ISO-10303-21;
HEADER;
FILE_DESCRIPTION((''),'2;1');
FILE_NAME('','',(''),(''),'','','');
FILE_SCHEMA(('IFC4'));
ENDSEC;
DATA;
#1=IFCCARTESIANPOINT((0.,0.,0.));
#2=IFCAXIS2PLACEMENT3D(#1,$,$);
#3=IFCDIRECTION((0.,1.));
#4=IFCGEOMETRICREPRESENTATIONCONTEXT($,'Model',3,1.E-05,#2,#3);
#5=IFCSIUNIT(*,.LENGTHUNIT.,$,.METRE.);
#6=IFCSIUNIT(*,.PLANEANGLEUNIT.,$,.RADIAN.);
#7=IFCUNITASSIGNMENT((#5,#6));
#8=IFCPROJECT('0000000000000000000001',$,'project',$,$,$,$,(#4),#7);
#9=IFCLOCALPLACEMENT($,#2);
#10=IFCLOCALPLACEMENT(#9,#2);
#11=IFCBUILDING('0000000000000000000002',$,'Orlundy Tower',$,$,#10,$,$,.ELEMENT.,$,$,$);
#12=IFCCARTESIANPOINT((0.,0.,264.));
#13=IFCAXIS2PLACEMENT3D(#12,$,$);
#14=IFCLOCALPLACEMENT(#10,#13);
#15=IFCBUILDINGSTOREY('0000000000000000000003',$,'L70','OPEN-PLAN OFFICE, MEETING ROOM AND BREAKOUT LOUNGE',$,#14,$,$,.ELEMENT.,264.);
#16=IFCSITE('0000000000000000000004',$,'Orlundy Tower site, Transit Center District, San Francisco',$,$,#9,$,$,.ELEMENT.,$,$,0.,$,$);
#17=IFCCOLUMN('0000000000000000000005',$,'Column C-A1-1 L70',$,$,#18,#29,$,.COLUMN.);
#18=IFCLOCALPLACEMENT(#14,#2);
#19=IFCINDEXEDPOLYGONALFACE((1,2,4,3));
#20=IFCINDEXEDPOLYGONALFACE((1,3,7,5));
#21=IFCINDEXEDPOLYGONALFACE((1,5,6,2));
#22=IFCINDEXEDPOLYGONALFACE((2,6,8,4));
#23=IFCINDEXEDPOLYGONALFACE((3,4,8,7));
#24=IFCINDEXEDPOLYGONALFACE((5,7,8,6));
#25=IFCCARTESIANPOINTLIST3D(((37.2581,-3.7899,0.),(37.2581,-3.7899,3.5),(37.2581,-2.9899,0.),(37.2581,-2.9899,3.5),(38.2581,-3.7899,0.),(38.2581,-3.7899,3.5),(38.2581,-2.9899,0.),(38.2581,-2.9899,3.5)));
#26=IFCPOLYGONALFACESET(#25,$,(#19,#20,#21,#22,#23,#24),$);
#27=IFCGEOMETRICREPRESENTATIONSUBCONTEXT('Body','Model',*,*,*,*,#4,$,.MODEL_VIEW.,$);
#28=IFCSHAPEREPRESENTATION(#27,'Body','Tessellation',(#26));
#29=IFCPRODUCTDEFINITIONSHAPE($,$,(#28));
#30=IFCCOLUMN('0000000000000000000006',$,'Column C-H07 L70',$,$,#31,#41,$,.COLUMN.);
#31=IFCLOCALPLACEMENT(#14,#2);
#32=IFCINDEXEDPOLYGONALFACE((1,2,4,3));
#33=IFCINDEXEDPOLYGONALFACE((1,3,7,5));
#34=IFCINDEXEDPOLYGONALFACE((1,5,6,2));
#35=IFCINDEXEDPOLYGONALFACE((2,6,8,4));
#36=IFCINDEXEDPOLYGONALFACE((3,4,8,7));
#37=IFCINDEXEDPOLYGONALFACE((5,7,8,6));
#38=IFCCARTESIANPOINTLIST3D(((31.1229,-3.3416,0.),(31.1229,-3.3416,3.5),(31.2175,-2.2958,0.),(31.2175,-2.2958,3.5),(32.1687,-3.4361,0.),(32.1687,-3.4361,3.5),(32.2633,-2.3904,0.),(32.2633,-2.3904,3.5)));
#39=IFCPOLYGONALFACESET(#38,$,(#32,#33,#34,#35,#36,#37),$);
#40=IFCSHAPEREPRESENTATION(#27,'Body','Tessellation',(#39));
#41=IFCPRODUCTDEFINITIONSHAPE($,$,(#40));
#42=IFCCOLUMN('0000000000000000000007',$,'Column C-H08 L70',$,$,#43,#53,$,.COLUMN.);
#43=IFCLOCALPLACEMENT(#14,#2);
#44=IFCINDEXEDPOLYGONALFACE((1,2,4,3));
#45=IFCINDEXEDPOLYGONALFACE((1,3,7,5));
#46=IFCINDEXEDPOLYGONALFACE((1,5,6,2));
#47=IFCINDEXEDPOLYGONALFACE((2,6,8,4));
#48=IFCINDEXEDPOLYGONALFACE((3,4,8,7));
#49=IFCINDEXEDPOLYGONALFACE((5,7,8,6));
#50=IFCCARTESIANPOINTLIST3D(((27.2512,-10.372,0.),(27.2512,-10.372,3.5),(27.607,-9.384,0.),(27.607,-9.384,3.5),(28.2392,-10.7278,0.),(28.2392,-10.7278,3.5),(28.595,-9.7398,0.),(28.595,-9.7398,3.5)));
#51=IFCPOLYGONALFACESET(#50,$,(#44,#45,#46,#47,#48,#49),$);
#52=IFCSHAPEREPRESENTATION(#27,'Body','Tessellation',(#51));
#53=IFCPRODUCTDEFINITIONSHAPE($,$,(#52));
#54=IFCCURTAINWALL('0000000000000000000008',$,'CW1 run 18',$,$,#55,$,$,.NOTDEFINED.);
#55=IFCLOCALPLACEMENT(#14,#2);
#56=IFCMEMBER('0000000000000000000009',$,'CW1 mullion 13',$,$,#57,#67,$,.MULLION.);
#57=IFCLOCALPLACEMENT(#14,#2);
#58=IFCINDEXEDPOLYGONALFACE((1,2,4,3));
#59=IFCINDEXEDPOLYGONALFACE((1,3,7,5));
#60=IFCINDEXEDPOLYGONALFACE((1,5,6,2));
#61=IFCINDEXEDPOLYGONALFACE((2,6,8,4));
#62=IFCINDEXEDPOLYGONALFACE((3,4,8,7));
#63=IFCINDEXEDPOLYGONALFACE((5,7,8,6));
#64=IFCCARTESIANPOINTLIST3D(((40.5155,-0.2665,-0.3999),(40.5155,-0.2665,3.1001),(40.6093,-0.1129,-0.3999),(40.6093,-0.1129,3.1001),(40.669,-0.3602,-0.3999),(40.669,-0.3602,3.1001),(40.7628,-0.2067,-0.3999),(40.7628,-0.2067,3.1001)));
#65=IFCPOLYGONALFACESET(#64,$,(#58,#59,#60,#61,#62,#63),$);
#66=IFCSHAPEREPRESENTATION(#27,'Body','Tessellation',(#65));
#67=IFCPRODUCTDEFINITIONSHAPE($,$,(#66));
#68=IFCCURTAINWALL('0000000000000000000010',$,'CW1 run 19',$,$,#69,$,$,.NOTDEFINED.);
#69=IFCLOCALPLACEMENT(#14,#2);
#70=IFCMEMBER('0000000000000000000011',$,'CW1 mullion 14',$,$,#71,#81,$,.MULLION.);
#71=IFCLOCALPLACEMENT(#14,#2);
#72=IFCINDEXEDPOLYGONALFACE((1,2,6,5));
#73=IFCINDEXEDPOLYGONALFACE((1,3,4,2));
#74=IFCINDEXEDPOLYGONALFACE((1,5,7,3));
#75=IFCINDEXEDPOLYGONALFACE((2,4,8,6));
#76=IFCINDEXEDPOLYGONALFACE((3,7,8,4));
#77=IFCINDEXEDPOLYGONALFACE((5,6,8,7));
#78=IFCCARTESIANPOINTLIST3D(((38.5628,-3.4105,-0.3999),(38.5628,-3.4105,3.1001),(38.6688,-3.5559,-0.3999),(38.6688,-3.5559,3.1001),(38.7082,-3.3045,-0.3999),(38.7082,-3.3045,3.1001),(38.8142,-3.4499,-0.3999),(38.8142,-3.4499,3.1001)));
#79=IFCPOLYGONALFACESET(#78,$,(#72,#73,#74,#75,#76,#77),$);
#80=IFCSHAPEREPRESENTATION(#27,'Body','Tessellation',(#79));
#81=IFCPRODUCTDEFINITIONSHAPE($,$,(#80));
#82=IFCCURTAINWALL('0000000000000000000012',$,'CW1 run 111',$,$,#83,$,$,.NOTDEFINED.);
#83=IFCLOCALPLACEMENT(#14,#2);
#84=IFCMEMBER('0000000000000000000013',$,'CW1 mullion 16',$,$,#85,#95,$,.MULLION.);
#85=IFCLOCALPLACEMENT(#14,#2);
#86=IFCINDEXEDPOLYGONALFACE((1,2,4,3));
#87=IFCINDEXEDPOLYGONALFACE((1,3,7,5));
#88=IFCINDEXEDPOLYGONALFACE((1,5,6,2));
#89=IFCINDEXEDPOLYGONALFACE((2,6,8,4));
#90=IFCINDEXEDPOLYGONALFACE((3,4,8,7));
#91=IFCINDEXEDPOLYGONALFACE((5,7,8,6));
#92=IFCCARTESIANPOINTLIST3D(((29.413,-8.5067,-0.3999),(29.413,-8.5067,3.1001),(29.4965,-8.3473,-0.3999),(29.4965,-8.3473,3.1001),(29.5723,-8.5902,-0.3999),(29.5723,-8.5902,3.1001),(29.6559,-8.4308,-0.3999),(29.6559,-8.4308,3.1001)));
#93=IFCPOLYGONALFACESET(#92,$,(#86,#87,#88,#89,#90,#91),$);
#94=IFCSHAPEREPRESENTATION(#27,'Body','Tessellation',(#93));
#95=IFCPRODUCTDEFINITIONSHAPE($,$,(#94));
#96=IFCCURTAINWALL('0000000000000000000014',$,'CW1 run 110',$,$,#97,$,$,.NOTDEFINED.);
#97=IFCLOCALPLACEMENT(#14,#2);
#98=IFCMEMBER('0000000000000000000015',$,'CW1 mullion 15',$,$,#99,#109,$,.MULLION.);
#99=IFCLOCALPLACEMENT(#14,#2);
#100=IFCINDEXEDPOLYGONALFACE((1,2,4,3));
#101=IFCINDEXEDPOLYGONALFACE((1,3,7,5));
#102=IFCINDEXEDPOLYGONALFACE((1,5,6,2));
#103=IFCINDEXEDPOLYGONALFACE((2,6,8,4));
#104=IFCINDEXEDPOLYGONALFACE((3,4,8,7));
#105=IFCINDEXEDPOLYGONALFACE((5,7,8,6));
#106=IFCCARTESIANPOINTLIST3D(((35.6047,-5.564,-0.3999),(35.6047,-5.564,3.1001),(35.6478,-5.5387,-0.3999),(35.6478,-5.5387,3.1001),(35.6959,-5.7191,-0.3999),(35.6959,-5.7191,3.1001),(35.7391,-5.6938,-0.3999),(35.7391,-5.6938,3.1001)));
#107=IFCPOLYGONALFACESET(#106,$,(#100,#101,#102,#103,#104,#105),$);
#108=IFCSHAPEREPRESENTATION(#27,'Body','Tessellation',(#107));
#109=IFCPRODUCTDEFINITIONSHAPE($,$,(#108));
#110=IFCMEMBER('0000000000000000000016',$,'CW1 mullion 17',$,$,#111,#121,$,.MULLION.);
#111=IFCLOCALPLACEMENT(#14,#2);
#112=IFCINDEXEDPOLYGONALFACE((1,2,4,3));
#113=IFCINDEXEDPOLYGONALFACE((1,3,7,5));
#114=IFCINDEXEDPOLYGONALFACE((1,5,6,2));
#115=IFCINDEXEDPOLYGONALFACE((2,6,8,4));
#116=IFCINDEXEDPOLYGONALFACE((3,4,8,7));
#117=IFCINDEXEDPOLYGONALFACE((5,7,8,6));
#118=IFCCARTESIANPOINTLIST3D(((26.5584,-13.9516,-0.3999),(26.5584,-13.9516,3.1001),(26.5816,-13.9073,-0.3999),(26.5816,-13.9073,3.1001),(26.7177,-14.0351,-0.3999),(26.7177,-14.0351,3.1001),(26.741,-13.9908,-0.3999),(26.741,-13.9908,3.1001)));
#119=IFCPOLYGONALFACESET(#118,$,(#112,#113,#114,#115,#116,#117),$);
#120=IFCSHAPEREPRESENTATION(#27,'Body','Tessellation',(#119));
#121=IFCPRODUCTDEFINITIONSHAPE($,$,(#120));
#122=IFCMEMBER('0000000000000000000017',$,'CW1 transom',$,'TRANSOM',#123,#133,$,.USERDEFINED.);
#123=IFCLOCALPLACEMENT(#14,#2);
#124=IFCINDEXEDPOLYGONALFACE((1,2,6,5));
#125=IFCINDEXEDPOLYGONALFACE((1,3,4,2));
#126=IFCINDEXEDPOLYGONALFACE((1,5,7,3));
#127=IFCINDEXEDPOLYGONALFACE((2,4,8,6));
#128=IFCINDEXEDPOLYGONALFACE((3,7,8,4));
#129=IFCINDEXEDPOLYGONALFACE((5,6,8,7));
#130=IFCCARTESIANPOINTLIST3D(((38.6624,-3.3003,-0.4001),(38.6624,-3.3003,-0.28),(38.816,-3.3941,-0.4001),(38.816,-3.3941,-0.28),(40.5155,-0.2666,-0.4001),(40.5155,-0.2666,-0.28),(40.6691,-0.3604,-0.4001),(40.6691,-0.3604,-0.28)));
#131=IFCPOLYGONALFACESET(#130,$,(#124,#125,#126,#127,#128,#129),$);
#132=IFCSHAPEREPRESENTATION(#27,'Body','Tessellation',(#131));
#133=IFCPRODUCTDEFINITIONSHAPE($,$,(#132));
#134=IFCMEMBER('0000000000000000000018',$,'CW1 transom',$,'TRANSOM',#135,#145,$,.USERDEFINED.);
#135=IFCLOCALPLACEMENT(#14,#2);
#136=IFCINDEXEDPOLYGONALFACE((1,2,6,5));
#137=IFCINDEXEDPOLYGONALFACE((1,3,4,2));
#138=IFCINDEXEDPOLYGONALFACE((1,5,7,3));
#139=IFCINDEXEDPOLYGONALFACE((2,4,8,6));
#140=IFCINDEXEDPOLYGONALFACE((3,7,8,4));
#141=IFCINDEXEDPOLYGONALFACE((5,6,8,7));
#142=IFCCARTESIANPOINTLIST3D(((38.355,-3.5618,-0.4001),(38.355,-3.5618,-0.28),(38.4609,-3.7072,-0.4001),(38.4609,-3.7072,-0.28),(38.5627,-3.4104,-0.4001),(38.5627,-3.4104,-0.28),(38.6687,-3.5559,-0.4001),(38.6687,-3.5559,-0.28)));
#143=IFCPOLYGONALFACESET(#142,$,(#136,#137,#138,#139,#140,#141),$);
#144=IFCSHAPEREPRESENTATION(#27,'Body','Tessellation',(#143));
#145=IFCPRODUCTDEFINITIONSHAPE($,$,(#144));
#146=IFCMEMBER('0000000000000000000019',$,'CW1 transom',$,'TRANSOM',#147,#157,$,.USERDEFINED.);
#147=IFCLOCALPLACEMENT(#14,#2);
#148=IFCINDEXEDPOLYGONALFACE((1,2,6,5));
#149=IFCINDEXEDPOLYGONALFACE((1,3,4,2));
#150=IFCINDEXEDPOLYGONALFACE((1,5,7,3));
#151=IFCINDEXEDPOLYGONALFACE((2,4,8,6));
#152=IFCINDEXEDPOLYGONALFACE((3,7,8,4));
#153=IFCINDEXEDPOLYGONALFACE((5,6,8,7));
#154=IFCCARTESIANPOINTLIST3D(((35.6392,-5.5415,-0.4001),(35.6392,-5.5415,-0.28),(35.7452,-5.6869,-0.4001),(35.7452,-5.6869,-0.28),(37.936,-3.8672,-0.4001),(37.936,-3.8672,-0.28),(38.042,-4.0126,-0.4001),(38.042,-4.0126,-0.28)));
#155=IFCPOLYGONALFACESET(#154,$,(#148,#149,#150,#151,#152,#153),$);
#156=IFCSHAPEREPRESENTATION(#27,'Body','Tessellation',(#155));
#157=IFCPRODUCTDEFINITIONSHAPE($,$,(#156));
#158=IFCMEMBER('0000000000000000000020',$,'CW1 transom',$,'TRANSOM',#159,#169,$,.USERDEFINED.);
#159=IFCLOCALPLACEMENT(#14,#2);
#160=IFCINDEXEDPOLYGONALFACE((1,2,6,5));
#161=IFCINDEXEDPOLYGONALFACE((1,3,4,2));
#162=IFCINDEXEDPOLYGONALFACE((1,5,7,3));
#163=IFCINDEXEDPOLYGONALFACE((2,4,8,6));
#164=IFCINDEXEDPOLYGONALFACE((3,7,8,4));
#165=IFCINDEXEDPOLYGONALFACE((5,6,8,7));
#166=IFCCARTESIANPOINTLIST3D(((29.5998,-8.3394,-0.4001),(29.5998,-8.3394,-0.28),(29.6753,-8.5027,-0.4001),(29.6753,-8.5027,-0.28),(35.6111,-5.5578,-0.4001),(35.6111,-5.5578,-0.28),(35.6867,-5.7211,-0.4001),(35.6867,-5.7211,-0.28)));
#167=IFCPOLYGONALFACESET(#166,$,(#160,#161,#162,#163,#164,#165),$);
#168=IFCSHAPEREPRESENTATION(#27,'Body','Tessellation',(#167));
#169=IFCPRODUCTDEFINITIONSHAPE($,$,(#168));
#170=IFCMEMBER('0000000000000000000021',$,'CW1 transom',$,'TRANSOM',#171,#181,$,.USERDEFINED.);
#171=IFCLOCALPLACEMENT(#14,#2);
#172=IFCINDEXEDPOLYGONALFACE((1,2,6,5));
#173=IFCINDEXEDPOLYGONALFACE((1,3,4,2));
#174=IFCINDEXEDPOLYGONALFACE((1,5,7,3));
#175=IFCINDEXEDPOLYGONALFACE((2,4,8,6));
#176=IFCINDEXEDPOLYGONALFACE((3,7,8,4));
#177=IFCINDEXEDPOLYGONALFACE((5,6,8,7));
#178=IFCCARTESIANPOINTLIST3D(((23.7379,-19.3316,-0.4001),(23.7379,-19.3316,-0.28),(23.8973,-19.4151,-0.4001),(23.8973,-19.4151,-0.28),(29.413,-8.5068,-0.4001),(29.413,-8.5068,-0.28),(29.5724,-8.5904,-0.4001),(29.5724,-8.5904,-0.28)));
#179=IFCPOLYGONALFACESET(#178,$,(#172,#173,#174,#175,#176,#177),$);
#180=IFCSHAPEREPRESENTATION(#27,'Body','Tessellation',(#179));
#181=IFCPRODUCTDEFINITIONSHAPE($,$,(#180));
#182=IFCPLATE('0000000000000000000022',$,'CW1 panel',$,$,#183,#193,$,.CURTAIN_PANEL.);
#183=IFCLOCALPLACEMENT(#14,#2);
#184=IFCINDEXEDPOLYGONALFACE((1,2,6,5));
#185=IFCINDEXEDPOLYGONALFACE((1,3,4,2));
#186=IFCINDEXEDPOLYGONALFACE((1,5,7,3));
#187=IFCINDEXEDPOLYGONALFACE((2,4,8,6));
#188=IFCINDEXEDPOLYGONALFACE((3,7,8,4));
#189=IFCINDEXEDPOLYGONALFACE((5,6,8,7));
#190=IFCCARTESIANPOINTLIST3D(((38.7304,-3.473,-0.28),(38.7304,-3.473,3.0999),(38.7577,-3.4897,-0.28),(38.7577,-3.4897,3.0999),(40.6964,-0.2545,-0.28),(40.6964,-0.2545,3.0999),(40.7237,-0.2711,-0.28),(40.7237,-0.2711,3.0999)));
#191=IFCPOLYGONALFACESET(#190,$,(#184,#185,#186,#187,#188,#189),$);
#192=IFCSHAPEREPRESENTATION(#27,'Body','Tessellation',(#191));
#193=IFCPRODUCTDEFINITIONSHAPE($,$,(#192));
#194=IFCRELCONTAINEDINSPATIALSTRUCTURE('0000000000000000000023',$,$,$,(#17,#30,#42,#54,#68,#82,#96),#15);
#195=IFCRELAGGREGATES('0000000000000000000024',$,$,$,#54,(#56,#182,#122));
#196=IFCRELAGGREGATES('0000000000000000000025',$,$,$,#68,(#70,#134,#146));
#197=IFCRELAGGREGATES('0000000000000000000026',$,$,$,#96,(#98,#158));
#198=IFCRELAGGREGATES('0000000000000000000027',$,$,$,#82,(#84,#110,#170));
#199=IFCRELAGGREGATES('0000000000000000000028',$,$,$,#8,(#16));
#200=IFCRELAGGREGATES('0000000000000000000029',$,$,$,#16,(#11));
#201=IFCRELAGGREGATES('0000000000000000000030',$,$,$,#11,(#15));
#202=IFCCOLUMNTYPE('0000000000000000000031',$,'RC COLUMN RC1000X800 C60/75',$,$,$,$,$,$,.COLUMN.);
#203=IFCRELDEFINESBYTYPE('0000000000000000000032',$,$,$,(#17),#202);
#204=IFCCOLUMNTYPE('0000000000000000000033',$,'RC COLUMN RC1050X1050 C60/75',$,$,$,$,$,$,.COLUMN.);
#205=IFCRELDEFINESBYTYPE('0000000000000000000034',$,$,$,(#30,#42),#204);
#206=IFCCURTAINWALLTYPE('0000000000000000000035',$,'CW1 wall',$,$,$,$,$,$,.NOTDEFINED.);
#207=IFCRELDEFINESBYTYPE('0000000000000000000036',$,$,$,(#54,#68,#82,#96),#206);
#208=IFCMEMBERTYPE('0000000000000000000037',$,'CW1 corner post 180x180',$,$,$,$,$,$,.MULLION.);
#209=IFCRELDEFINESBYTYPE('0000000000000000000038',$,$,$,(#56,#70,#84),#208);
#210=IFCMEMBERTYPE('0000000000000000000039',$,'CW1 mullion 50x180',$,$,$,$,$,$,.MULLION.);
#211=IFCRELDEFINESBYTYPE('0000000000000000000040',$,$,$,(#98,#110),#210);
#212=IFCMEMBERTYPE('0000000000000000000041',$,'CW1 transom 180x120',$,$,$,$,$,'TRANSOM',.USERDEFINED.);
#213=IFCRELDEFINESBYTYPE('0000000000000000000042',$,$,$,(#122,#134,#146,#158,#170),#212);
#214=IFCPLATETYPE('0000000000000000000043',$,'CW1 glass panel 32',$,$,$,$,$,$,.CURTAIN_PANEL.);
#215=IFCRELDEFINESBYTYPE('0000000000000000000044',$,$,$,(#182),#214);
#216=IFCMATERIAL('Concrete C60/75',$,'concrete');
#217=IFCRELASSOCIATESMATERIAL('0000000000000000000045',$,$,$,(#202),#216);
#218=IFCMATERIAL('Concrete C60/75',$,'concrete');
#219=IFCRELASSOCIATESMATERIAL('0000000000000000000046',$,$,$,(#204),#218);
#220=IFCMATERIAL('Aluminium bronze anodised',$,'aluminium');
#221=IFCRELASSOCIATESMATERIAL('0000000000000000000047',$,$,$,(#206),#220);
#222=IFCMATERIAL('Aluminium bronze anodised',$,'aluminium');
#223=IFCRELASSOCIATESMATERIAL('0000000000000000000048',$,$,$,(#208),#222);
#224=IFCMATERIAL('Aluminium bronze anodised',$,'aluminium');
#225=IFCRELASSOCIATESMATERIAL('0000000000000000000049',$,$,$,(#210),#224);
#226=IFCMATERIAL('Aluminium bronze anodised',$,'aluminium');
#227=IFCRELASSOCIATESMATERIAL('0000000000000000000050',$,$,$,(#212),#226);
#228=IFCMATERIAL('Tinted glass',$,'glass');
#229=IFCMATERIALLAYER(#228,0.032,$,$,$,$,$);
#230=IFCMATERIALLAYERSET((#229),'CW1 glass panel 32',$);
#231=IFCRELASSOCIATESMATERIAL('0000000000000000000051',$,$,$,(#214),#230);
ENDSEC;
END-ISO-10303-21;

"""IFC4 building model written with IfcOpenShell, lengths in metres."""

from ifc_helpers import new_model, si_unit, direction, frame, origin, origin_2d, place, context, subcontext, project, spatial, rectangle, extrude, material, layer, layer_set, material_profile, profile_set, type_object, element, aggregate, save


model = new_model("IFC4")

# Units and contexts
model_context = context("Model", 3, precision=1e-05, world=origin(), true_north=direction((0.0, 1.0)))
body_context = subcontext(model_context, "Body", "Model", "MODEL_VIEW")
ifc_project = project(units=[si_unit("LENGTHUNIT", "METRE"), si_unit("PLANEANGLEUNIT", "RADIAN")], contexts=[model_context])

# Site, building, storey
site_placement = place(None, origin())
site = spatial("IfcSite", under=ifc_project, at=site_placement, Name="Orlundy Tower site, Transit Center District, San Francisco", CompositionType="ELEMENT", RefElevation=0.0)
building_placement = place(site_placement, origin())
building = spatial("IfcBuilding", under=site, at=building_placement, Name="Orlundy Tower", CompositionType="ELEMENT")
storey_placement = place(building_placement, frame((0.0, 0.0, 264.0)))
storey = spatial("IfcBuildingStorey", under=building, at=storey_placement, Name="L70", Description="OPEN-PLAN OFFICE, MEETING ROOM AND BREAKOUT LOUNGE", CompositionType="ELEMENT", Elevation=264.0)

# Columns
ifc_material_1 = material(Name="Concrete C60/75", Category="concrete")
ifc_material_profile_1 = material_profile(ifc_material_1, rectangle(XDim=1.0, YDim=0.8, at=origin_2d()), Name="RC1000X800")
ifc_profile_set_1 = profile_set([ifc_material_profile_1], Name="Concrete C60/75")
column_type_1 = type_object("IfcColumnType", Name="RC COLUMN RC1000X800 C60/75", PredefinedType="COLUMN", material=ifc_profile_set_1)
column_placement = place(storey_placement, frame((37.7581, -3.3899, 0.0), z_axis=(0.0, 0.0, 1.0), x_axis=(1.0, 0.0, 0.0)))
element("IfcColumn", 1, at=column_placement, inside=storey, type_object=column_type_1, Name="Column C-A1-1 L70", PredefinedType="COLUMN", context=body_context, shape_type="SweptSolid", body=[
    extrude(rectangle(XDim=1.0, YDim=0.8, at=origin_2d()), origin(), (0.0, 0.0, 1.0), 3.5),
])
ifc_material_2 = material(Name="Concrete C60/75", Category="concrete")
ifc_material_profile_2 = material_profile(ifc_material_2, rectangle(XDim=1.05, YDim=1.05, at=origin_2d()), Name="RC1050X1050")
ifc_profile_set_2 = profile_set([ifc_material_profile_2], Name="Concrete C60/75")
column_type_2 = type_object("IfcColumnType", Name="RC COLUMN RC1050X1050 C60/75", PredefinedType="COLUMN", material=ifc_profile_set_2)
for number, where, z_axis, x_axis, name in (
    (2, (31.6931, -2.866, 0.0), (0.0, 0.0, 1.0), (0.995936, -0.090059, 0.0), "Column C-H07 L70"),
    (3, (27.9231, -10.0559, 0.0), (0.0, 0.0, 1.0), (0.940845, -0.338836, 0.0), "Column C-H08 L70"),
):
    element("IfcColumn", number, at=place(storey_placement, frame(where, z_axis=z_axis, x_axis=x_axis)), inside=storey, type_object=column_type_2, Name=name, PredefinedType="COLUMN", context=body_context, shape_type="SweptSolid", body=[
        extrude(rectangle(XDim=1.05, YDim=1.05, at=origin_2d()), origin(), (0.0, 0.0, 1.0), 3.5),
    ])

# Curtain walls, members
ifc_material_3 = material(Name="Aluminium bronze anodised", Category="aluminium")
curtain_wall_type = type_object("IfcCurtainWallType", Name="CW1 wall", PredefinedType="NOTDEFINED", material=ifc_material_3)
curtain_wall_1_placement = place(storey_placement, origin())
curtain_wall_1 = element("IfcCurtainWall", 4, at=curtain_wall_1_placement, inside=storey, type_object=curtain_wall_type, Name="CW1 run 18", PredefinedType="NOTDEFINED")
ifc_material_4 = material(Name="Aluminium bronze anodised", Category="aluminium")
ifc_material_profile_3 = material_profile(ifc_material_4, rectangle(XDim=0.1799, YDim=0.1799, at=origin_2d()), Name="CW1 corner post 180x180")
ifc_profile_set_3 = profile_set([ifc_material_profile_3], Name="Aluminium bronze anodised")
member_type_1 = type_object("IfcMemberType", Name="CW1 corner post 180x180", PredefinedType="MULLION", material=ifc_profile_set_3)
member_1_placement = place(storey_placement, frame((40.6392, -0.2366, -0.3999), z_axis=(0.0, 0.0, 1.0), x_axis=(0.853395, -0.521264, 0.0)))
member_1 = element("IfcMember", 5, at=member_1_placement, type_object=member_type_1, Name="CW1 mullion 13", PredefinedType="MULLION", context=body_context, shape_type="SweptSolid", body=[
    extrude(rectangle(XDim=0.1799, YDim=0.1799, at=origin_2d()), origin(), (0.0, 0.0, 1.0), 3.5),
])
curtain_wall_2_placement = place(storey_placement, origin())
curtain_wall_2 = element("IfcCurtainWall", 6, at=curtain_wall_2_placement, inside=storey, type_object=curtain_wall_type, Name="CW1 run 19", PredefinedType="NOTDEFINED")
member_2_placement = place(storey_placement, frame((38.6885, -3.4302, -0.3999), z_axis=(0.0, 0.0, 1.0), x_axis=(0.589022, -0.808117, 0.0)))
member_2 = element("IfcMember", 7, at=member_2_placement, type_object=member_type_1, Name="CW1 mullion 14", PredefinedType="MULLION", context=body_context, shape_type="SweptSolid", body=[
    extrude(rectangle(XDim=0.1799, YDim=0.1799, at=origin_2d()), origin(), (0.0, 0.0, 1.0), 3.5),
])
curtain_wall_3_placement = place(storey_placement, origin())
curtain_wall_3 = element("IfcCurtainWall", 8, at=curtain_wall_3_placement, inside=storey, type_object=curtain_wall_type, Name="CW1 run 111", PredefinedType="NOTDEFINED")
member_3_placement = place(storey_placement, frame((29.5344, -8.4688, -0.3999), z_axis=(0.0, 0.0, 1.0), x_axis=(0.885661, -0.464333, 0.0)))
member_3 = element("IfcMember", 9, at=member_3_placement, type_object=member_type_1, Name="CW1 mullion 16", PredefinedType="MULLION", context=body_context, shape_type="SweptSolid", body=[
    extrude(rectangle(XDim=0.1799, YDim=0.1799, at=origin_2d()), origin(), (0.0, 0.0, 1.0), 3.5),
])
curtain_wall_4_placement = place(storey_placement, origin())
curtain_wall_4 = element("IfcCurtainWall", 10, at=curtain_wall_4_placement, inside=storey, type_object=curtain_wall_type, Name="CW1 run 110", PredefinedType="NOTDEFINED")
ifc_material_5 = material(Name="Aluminium bronze anodised", Category="aluminium")
ifc_material_profile_4 = material_profile(ifc_material_5, rectangle(XDim=0.1799, YDim=0.05, at=origin_2d()), Name="CW1 mullion 50x180")
ifc_profile_set_4 = profile_set([ifc_material_profile_4], Name="Aluminium bronze anodised")
member_type_2 = type_object("IfcMemberType", Name="CW1 mullion 50x180", PredefinedType="MULLION", material=ifc_profile_set_4)
member_4_placement = place(storey_placement, frame((35.6719, -5.6289, -0.3999), z_axis=(0.0, 0.0, 1.0), x_axis=(0.506928, -0.861989, 0.0)))
member_4 = element("IfcMember", 11, at=member_4_placement, type_object=member_type_2, Name="CW1 mullion 15", PredefinedType="MULLION", context=body_context, shape_type="SweptSolid", body=[
    extrude(rectangle(XDim=0.1799, YDim=0.05, at=origin_2d()), origin(), (0.0, 0.0, 1.0), 3.5),
])

# Members
member_5_placement = place(storey_placement, frame((26.6497, -13.9712, -0.3999), z_axis=(0.0, 0.0, 1.0), x_axis=(0.885661, -0.464333, 0.0)))
member_5 = element("IfcMember", 12, at=member_5_placement, type_object=member_type_2, Name="CW1 mullion 17", PredefinedType="MULLION", context=body_context, shape_type="SweptSolid", body=[
    extrude(rectangle(XDim=0.1799, YDim=0.05, at=origin_2d()), origin(), (0.0, 0.0, 1.0), 3.5),
])
ifc_material_6 = material(Name="Aluminium bronze anodised", Category="aluminium")
ifc_material_profile_5 = material_profile(ifc_material_6, rectangle(XDim=0.1799, YDim=0.1201, at=origin_2d()), Name="CW1 transom 180x120")
ifc_profile_set_5 = profile_set([ifc_material_profile_5], Name="Aluminium bronze anodised")
member_type_3 = type_object("IfcMemberType", Name="CW1 transom 180x120", ElementType="TRANSOM", PredefinedType="USERDEFINED", material=ifc_profile_set_5)
member_6_placement = place(storey_placement, frame((40.5923, -0.3135, -0.3401), z_axis=(-0.521267, -0.853394, 0.0), x_axis=(0.853394, -0.521267, 0.0)))
member_6 = element("IfcMember", 13, at=member_6_placement, type_object=member_type_3, Name="CW1 transom", ObjectType="TRANSOM", PredefinedType="USERDEFINED", context=body_context, shape_type="SweptSolid", body=[
    extrude(rectangle(XDim=0.1799, YDim=0.1201, at=origin_2d()), origin(), (0.0, 0.0, 1.0), 3.5549),
])
member_7_placement = place(storey_placement, frame((38.6157, -3.4832, -0.3401), z_axis=(-0.808243, -0.588849, 0.0), x_axis=(0.588849, -0.808243, 0.0)))
member_7 = element("IfcMember", 14, at=member_7_placement, type_object=member_type_3, Name="CW1 transom", ObjectType="TRANSOM", PredefinedType="USERDEFINED", context=body_context, shape_type="SweptSolid", body=[
    extrude(rectangle(XDim=0.1799, YDim=0.1201, at=origin_2d()), origin(), (0.0, 0.0, 1.0), 0.2571),
])
member_8_placement = place(storey_placement, frame((37.989, -3.9399, -0.3401), z_axis=(-0.808089, -0.58906, 0.0), x_axis=(0.58906, -0.808089, 0.0)))
member_8 = element("IfcMember", 15, at=member_8_placement, type_object=member_type_3, Name="CW1 transom", ObjectType="TRANSOM", PredefinedType="USERDEFINED", context=body_context, shape_type="SweptSolid", body=[
    extrude(rectangle(XDim=0.1799, YDim=0.1201, at=origin_2d()), origin(), (0.0, 0.0, 1.0), 2.8423),
])
member_9_placement = place(storey_placement, frame((35.6489, -5.6394, -0.3401), z_axis=(-0.907545, -0.419956, 0.0), x_axis=(0.419956, -0.907545, 0.0)))
member_9 = element("IfcMember", 16, at=member_9_placement, type_object=member_type_3, Name="CW1 transom", ObjectType="TRANSOM", PredefinedType="USERDEFINED", context=body_context, shape_type="SweptSolid", body=[
    extrude(rectangle(XDim=0.1799, YDim=0.1201, at=origin_2d()), origin(), (0.0, 0.0, 1.0), 6.6238),
])
member_10_placement = place(storey_placement, frame((29.4927, -8.5486, -0.3401), z_axis=(-0.464326, -0.885665, 0.0), x_axis=(0.885665, -0.464326, 0.0)))
member_10 = element("IfcMember", 17, at=member_10_placement, type_object=member_type_3, Name="CW1 transom", ObjectType="TRANSOM", PredefinedType="USERDEFINED", context=body_context, shape_type="SweptSolid", body=[
    extrude(rectangle(XDim=0.1799, YDim=0.1201, at=origin_2d()), origin(), (0.0, 0.0, 1.0), 12.2222),
])

# Plate
ifc_material_7 = material(Name="Tinted glass", Category="glass")
ifc_layer_1 = layer(ifc_material_7, 0.032)
ifc_layer_set_1 = layer_set([ifc_layer_1], Name="CW1 glass panel 32")
plate_type = type_object("IfcPlateType", Name="CW1 glass panel 32", PredefinedType="CURTAIN_PANEL", material=ifc_layer_set_1)
plate_1_placement = place(storey_placement, frame((39.7271, -1.8721, -0.28), z_axis=(0.0, 0.0, 1.0), x_axis=(-0.521264, -0.853395, 0.0)))
plate_1 = element("IfcPlate", 18, at=plate_1_placement, type_object=plate_type, Name="CW1 panel", PredefinedType="CURTAIN_PANEL", context=body_context, shape_type="SweptSolid", body=[
    extrude(rectangle(XDim=3.7715, YDim=0.032, at=origin_2d()), origin(), (0.0, 0.0, 1.0), 3.3799),
])
aggregate(curtain_wall_1, [member_1, plate_1, member_6])
aggregate(curtain_wall_2, [member_2, member_7, member_8])
aggregate(curtain_wall_4, [member_4, member_9])
aggregate(curtain_wall_3, [member_3, member_5, member_10])

save(model, "model.ifc")
